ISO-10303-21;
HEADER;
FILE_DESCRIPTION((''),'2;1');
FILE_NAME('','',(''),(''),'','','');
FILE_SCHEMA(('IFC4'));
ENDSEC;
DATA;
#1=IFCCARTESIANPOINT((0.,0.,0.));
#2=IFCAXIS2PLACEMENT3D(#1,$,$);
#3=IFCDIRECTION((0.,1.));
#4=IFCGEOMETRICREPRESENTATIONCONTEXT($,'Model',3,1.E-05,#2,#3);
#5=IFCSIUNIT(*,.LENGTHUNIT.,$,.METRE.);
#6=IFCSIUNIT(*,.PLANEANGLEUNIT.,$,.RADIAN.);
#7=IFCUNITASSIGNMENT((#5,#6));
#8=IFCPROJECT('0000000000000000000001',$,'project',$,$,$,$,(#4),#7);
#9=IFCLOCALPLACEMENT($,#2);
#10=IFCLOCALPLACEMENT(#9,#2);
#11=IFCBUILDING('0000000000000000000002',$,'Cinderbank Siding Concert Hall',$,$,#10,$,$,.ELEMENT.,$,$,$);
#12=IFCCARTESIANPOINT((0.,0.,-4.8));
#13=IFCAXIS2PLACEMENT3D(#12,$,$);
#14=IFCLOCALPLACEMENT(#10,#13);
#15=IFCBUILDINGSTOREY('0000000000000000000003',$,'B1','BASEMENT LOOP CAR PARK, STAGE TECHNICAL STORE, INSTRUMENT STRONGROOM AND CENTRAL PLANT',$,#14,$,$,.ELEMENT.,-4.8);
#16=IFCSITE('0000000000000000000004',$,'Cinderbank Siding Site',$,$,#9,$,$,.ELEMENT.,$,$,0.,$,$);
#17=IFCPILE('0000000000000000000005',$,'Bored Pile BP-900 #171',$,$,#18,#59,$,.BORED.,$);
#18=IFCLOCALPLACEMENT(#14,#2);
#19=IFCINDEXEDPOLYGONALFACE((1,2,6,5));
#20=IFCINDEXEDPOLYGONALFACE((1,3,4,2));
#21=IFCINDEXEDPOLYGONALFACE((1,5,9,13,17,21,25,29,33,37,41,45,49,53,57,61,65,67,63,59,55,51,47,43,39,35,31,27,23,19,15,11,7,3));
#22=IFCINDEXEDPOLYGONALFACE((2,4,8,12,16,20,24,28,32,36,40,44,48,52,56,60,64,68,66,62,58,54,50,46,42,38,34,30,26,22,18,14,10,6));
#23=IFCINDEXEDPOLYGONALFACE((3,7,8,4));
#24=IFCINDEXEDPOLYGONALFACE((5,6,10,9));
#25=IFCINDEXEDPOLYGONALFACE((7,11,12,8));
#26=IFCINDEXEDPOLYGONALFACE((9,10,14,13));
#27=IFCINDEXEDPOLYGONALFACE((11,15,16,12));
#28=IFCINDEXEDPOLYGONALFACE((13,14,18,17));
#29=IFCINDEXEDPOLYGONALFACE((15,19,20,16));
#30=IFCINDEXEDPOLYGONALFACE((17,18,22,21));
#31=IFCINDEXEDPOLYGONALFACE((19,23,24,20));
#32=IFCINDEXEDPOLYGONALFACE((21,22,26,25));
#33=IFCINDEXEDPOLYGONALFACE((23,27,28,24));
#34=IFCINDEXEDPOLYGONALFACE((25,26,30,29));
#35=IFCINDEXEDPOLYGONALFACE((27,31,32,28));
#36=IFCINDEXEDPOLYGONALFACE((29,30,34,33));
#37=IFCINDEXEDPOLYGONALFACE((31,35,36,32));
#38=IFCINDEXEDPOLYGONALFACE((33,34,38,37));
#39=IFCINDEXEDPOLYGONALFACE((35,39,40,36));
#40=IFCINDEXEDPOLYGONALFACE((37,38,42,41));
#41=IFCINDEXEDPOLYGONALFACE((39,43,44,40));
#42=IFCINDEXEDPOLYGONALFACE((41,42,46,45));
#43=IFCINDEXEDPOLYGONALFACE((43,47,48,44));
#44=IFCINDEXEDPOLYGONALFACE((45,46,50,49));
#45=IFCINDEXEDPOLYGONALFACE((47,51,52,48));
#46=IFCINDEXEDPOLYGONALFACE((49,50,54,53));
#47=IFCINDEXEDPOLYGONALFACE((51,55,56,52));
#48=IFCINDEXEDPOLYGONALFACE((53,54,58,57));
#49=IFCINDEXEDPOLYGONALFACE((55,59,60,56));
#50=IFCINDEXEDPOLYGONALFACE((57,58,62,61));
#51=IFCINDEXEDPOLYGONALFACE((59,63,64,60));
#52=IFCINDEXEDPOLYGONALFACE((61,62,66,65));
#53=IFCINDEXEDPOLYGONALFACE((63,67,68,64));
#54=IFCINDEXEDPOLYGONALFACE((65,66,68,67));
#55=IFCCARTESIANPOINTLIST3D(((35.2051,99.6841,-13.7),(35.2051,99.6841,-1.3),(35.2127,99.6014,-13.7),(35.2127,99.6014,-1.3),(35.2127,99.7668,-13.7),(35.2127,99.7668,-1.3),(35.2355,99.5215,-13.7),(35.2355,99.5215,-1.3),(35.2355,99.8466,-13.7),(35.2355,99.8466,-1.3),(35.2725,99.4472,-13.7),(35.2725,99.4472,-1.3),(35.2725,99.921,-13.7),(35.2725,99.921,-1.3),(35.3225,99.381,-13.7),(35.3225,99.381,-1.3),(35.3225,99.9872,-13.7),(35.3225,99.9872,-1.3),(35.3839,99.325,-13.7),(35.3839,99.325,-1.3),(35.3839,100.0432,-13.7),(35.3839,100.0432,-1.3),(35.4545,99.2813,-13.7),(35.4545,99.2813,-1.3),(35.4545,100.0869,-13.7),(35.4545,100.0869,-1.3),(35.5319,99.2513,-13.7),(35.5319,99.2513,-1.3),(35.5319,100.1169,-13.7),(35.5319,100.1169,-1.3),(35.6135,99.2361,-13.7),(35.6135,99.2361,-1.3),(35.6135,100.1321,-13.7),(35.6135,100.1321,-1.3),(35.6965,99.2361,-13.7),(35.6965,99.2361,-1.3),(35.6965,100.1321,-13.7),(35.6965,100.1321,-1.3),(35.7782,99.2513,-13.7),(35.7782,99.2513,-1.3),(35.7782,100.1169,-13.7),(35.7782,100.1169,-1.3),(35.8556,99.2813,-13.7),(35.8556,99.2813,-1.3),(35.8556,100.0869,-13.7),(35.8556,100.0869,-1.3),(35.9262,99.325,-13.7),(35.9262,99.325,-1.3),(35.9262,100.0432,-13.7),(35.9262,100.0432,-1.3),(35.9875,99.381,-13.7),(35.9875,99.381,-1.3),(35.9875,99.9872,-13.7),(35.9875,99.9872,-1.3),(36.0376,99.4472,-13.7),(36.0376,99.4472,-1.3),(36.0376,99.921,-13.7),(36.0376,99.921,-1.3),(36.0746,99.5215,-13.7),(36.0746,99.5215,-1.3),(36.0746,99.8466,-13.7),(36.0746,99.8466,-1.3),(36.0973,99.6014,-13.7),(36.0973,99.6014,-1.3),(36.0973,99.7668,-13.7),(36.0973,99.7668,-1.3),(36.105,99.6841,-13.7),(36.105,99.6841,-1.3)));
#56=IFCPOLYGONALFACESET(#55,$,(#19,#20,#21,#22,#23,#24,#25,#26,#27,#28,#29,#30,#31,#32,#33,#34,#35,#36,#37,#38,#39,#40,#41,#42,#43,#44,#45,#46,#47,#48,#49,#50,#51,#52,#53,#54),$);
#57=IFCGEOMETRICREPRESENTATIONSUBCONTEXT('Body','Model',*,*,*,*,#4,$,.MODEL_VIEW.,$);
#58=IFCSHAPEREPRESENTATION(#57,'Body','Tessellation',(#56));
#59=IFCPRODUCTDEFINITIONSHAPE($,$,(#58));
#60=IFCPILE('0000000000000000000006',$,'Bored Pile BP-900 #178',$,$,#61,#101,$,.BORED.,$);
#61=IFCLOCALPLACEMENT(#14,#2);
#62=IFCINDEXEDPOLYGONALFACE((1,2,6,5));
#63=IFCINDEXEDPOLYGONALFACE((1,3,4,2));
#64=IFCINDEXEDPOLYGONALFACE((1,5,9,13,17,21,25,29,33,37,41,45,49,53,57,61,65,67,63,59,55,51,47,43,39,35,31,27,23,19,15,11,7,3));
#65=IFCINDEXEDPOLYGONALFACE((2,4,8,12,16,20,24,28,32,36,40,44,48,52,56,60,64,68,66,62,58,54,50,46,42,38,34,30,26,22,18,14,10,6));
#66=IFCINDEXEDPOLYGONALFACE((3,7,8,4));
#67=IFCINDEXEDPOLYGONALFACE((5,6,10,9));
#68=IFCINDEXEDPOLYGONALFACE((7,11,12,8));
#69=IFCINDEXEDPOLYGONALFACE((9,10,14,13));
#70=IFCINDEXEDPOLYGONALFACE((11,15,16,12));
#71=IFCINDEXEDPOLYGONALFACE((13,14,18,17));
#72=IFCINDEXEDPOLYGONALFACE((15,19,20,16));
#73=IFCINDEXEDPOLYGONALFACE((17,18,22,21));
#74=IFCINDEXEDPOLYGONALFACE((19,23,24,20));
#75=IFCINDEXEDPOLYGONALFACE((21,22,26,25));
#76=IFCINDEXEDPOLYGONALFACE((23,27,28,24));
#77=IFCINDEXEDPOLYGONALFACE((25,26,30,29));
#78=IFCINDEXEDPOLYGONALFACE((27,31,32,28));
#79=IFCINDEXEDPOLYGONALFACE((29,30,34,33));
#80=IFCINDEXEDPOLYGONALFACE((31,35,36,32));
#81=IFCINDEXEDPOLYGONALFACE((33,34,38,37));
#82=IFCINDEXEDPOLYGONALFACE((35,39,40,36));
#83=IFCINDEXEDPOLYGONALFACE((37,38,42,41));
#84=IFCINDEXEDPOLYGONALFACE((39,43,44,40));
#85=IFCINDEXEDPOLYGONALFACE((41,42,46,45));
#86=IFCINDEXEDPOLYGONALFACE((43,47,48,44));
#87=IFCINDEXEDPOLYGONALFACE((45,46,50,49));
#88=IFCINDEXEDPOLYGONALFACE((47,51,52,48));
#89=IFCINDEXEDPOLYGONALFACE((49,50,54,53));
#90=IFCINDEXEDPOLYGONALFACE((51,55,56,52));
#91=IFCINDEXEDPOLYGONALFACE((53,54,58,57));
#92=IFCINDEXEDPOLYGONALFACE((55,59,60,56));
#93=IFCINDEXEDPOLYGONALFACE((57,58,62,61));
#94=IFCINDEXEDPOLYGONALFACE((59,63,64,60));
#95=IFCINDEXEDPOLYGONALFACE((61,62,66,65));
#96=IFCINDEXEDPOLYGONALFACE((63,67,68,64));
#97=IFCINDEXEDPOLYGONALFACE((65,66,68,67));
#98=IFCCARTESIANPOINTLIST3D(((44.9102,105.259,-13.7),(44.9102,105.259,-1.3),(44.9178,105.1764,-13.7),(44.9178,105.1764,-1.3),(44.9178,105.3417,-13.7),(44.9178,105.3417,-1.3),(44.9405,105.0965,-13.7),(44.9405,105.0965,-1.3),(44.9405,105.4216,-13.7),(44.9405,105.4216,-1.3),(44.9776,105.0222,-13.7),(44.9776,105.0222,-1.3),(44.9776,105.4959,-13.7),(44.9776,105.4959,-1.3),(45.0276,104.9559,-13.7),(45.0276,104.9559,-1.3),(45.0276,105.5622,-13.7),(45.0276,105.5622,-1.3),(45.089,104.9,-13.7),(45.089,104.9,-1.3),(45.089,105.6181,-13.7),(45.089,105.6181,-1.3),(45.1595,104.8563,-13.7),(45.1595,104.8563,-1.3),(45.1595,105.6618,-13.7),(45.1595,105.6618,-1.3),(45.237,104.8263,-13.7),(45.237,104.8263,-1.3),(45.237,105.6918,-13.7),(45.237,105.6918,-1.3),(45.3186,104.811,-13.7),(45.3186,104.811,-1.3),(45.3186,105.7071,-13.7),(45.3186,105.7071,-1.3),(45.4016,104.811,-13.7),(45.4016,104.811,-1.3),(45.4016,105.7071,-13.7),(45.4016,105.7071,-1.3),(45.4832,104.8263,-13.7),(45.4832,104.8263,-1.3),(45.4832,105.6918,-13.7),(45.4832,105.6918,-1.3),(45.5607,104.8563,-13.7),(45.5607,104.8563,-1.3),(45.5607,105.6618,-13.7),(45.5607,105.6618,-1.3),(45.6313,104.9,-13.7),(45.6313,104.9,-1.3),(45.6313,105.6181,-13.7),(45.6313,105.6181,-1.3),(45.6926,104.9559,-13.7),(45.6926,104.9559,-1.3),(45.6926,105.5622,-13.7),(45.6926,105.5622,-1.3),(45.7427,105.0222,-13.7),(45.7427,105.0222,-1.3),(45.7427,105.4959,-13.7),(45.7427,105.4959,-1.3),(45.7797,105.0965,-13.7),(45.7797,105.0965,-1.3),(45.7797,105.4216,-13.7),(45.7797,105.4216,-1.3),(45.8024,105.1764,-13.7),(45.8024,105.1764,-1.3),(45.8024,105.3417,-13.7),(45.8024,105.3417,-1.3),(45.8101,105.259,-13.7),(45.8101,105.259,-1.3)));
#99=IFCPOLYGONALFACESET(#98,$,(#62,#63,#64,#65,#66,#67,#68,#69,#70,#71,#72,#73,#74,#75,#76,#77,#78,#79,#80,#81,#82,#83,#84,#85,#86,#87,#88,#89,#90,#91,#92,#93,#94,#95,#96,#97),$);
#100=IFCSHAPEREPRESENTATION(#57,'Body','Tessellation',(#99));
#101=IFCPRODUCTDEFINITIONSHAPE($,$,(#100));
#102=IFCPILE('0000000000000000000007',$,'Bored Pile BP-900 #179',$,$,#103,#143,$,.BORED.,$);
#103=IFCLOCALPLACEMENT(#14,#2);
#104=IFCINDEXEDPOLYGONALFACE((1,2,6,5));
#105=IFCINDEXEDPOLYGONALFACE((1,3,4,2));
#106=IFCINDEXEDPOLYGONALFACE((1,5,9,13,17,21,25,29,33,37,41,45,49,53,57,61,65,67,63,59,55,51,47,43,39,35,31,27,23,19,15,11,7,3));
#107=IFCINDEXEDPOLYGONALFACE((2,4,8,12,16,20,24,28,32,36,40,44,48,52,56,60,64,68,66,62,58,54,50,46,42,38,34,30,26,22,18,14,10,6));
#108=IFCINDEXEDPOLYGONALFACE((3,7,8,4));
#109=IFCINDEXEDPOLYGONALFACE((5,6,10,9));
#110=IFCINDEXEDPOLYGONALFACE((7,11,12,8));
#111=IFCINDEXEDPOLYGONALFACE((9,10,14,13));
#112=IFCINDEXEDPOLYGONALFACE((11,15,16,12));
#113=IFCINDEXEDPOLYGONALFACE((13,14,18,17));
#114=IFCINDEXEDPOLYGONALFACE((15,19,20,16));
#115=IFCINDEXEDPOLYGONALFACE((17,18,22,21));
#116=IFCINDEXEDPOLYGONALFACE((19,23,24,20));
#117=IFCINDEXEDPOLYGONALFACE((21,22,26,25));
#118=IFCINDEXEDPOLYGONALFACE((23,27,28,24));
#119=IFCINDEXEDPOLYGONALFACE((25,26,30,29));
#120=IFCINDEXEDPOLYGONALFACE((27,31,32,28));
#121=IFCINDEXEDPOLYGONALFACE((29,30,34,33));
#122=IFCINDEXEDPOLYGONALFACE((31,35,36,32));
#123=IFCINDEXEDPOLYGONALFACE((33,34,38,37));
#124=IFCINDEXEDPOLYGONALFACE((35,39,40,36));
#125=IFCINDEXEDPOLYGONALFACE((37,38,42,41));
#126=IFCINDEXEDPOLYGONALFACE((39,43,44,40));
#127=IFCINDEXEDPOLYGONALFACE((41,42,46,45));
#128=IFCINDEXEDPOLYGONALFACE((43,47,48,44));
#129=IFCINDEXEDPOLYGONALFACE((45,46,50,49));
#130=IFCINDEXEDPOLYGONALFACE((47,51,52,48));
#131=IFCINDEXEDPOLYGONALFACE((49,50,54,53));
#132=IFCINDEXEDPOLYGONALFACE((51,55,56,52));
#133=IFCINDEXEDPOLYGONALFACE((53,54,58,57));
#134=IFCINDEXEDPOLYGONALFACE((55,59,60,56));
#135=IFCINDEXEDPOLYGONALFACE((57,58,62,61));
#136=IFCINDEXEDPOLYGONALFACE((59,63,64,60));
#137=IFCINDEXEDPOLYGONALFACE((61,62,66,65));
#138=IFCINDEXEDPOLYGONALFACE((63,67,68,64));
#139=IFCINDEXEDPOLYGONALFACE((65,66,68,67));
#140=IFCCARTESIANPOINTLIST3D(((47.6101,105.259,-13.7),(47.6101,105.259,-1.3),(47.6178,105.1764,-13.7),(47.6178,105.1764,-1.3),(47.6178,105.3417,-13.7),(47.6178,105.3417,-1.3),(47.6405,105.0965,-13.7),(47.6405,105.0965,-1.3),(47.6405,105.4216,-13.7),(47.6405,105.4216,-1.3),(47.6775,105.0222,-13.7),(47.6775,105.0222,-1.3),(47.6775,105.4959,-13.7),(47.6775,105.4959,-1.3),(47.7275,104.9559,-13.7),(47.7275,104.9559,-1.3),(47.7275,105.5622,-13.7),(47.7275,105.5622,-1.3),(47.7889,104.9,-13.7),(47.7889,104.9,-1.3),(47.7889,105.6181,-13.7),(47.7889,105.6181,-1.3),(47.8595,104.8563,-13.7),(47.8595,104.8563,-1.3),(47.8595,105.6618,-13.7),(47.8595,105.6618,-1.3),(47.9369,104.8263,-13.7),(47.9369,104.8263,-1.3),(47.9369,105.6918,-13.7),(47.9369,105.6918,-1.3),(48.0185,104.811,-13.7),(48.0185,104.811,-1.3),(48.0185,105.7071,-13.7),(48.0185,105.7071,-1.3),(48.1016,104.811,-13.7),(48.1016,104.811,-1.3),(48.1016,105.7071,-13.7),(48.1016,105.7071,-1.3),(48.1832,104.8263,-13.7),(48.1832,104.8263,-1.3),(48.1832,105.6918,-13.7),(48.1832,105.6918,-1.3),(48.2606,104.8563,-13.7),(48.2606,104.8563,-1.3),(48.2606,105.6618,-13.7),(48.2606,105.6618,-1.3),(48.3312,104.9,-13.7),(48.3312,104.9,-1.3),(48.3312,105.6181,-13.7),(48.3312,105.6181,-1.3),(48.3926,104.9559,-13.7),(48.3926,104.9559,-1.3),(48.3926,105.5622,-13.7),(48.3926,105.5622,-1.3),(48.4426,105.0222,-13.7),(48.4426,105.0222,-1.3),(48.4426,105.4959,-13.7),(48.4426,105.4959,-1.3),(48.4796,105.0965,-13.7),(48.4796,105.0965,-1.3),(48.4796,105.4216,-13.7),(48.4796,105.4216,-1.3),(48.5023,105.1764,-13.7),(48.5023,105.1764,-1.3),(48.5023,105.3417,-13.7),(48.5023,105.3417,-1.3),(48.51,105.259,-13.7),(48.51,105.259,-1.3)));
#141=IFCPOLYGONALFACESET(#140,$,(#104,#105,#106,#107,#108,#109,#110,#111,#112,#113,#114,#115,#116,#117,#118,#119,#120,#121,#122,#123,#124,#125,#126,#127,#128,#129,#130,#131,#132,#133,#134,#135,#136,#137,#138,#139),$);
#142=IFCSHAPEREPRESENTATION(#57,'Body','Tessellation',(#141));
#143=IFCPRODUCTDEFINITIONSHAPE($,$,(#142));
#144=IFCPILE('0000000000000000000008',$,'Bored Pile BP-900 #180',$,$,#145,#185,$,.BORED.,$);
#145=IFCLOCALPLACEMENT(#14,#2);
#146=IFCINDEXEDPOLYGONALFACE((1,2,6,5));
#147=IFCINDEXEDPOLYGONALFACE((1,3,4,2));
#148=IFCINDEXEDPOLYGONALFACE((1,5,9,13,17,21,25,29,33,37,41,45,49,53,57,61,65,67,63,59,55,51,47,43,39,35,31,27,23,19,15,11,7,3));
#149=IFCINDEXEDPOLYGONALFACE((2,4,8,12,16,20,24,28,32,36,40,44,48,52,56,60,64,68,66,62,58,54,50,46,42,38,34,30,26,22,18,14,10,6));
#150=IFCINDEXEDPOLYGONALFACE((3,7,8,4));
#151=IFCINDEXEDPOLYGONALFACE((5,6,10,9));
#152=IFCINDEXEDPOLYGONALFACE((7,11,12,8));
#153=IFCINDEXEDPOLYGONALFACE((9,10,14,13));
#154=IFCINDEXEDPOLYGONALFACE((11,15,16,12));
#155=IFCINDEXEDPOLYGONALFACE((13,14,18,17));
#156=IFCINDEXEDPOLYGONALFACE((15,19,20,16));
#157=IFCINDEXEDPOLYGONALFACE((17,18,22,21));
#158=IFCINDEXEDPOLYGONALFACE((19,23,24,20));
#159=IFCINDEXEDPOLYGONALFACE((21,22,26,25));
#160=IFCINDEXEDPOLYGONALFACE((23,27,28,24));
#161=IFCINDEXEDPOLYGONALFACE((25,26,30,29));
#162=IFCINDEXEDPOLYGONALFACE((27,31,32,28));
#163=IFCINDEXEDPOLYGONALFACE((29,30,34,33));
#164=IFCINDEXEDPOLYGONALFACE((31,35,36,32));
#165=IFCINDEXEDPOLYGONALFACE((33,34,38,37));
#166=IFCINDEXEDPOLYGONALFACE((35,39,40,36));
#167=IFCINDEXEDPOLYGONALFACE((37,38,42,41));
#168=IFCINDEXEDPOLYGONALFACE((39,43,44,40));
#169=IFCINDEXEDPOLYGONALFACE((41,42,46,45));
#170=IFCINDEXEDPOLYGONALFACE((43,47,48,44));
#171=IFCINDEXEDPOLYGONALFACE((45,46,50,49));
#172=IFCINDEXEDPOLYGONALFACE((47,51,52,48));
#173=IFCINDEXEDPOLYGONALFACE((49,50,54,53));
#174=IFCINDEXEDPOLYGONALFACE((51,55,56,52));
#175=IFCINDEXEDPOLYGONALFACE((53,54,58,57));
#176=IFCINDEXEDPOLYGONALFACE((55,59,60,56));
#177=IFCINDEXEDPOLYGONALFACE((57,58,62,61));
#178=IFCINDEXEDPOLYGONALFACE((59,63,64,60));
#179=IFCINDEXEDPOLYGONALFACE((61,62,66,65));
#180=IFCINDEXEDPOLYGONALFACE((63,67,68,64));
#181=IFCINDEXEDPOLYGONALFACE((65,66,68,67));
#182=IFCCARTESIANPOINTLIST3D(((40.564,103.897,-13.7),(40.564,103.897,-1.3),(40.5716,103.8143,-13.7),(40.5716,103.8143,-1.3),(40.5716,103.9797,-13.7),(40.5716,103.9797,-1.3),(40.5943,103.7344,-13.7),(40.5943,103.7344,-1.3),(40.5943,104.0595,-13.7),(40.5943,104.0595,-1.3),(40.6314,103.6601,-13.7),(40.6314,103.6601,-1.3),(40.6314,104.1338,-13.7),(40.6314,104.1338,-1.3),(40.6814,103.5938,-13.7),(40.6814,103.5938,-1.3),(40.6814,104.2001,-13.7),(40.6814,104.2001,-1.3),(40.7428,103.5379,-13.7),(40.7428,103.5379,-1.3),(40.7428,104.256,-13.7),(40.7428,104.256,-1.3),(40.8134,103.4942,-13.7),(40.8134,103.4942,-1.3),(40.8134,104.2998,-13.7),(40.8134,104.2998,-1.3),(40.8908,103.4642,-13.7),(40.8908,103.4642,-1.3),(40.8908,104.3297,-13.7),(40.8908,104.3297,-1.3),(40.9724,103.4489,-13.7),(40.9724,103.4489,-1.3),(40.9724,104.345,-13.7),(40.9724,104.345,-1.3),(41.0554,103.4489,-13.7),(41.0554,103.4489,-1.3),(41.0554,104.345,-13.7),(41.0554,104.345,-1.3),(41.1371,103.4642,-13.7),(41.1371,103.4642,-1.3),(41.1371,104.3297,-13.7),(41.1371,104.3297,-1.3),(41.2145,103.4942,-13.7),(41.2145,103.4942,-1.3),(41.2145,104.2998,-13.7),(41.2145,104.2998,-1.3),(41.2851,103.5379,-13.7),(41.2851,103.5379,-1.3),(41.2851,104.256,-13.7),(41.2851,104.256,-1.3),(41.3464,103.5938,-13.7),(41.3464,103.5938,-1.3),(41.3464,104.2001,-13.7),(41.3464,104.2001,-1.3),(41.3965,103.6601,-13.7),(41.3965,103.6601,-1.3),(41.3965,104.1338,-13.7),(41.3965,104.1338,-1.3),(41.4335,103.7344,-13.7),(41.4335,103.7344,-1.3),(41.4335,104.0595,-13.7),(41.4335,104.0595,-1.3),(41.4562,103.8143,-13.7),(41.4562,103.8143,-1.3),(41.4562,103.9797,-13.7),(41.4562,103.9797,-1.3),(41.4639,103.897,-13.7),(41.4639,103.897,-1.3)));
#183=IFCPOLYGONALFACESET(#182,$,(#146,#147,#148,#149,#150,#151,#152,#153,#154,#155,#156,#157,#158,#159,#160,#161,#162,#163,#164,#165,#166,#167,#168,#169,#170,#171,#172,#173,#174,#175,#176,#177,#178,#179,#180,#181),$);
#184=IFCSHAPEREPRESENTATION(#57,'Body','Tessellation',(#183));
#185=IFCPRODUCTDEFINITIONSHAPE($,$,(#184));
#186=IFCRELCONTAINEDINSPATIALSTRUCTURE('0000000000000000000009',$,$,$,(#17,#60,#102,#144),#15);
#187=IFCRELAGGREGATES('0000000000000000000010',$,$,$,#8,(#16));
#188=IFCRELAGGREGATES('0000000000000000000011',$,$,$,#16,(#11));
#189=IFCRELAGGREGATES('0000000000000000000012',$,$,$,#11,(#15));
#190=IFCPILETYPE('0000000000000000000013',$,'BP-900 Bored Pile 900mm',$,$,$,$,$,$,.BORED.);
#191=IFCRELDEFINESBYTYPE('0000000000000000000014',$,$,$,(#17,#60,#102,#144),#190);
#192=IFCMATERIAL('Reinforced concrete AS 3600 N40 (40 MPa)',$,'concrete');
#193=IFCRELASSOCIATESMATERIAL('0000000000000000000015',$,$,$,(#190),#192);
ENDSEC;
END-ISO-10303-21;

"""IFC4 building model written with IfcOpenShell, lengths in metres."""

from ifc_helpers import new_model, si_unit, direction, frame, origin, origin_2d, place, context, subcontext, project, spatial, circle, extrude, material, material_profile, profile_set, type_object, element, save


model = new_model("IFC4")

# Units and contexts
model_context = context("Model", 3, precision=1e-05, world=origin(), true_north=direction((0.0, 1.0)))
body_context = subcontext(model_context, "Body", "Model", "MODEL_VIEW")
ifc_project = project(units=[si_unit("LENGTHUNIT", "METRE"), si_unit("PLANEANGLEUNIT", "RADIAN")], contexts=[model_context])

# Site, building, storey
site_placement = place(None, origin())
site = spatial("IfcSite", under=ifc_project, at=site_placement, Name="Cinderbank Siding Site", CompositionType="ELEMENT", RefElevation=0.0)
building_placement = place(site_placement, origin())
building = spatial("IfcBuilding", under=site, at=building_placement, Name="Cinderbank Siding Concert Hall", CompositionType="ELEMENT")
storey_placement = place(building_placement, frame((0.0, 0.0, -4.8)))
storey = spatial("IfcBuildingStorey", under=building, at=storey_placement, Name="B1", Description="BASEMENT LOOP CAR PARK, STAGE TECHNICAL STORE, INSTRUMENT STRONGROOM AND CENTRAL PLANT", CompositionType="ELEMENT", Elevation=-4.8)

# Piles
ifc_material_1 = material(Name="Reinforced concrete AS 3600 N40 (40 MPa)", Category="concrete")
ifc_material_profile_1 = material_profile(ifc_material_1, circle(Radius=0.45, at=origin_2d()), Name="PILE-900DIA", Category="LoadBearing")
ifc_profile_set_1 = profile_set([ifc_material_profile_1], Name="Reinforced concrete AS 3600 N40 (40 MPa)")
pile_type = type_object("IfcPileType", Name="BP-900 Bored Pile 900mm", PredefinedType="BORED", material=ifc_profile_set_1)
for number, where, z_axis, x_axis, name in (
    (1, (35.655, 99.6841, -1.3), (0.0, 0.0, -1.0), (1.0, 0.0, 0.0), "Bored Pile BP-900 #171"),
    (2, (45.3601, 105.259, -1.3), (0.0, 0.0, -1.0), (1.0, 0.0, 0.0), "Bored Pile BP-900 #178"),
    (3, (48.0601, 105.259, -1.3), (0.0, 0.0, -1.0), (1.0, 0.0, 0.0), "Bored Pile BP-900 #179"),
    (4, (41.0139, 103.897, -1.3), (0.0, 0.0, -1.0), (1.0, 0.0, 0.0), "Bored Pile BP-900 #180"),
):
    element("IfcPile", number, at=place(storey_placement, frame(where, z_axis=z_axis, x_axis=x_axis)), inside=storey, type_object=pile_type, Name=name, PredefinedType="BORED", context=body_context, shape_type="SweptSolid", body=[
        extrude(circle(Radius=0.45, at=origin_2d()), origin(), (0.0, 0.0, 1.0), 12.3999),
    ])

save(model, "model.ifc")
